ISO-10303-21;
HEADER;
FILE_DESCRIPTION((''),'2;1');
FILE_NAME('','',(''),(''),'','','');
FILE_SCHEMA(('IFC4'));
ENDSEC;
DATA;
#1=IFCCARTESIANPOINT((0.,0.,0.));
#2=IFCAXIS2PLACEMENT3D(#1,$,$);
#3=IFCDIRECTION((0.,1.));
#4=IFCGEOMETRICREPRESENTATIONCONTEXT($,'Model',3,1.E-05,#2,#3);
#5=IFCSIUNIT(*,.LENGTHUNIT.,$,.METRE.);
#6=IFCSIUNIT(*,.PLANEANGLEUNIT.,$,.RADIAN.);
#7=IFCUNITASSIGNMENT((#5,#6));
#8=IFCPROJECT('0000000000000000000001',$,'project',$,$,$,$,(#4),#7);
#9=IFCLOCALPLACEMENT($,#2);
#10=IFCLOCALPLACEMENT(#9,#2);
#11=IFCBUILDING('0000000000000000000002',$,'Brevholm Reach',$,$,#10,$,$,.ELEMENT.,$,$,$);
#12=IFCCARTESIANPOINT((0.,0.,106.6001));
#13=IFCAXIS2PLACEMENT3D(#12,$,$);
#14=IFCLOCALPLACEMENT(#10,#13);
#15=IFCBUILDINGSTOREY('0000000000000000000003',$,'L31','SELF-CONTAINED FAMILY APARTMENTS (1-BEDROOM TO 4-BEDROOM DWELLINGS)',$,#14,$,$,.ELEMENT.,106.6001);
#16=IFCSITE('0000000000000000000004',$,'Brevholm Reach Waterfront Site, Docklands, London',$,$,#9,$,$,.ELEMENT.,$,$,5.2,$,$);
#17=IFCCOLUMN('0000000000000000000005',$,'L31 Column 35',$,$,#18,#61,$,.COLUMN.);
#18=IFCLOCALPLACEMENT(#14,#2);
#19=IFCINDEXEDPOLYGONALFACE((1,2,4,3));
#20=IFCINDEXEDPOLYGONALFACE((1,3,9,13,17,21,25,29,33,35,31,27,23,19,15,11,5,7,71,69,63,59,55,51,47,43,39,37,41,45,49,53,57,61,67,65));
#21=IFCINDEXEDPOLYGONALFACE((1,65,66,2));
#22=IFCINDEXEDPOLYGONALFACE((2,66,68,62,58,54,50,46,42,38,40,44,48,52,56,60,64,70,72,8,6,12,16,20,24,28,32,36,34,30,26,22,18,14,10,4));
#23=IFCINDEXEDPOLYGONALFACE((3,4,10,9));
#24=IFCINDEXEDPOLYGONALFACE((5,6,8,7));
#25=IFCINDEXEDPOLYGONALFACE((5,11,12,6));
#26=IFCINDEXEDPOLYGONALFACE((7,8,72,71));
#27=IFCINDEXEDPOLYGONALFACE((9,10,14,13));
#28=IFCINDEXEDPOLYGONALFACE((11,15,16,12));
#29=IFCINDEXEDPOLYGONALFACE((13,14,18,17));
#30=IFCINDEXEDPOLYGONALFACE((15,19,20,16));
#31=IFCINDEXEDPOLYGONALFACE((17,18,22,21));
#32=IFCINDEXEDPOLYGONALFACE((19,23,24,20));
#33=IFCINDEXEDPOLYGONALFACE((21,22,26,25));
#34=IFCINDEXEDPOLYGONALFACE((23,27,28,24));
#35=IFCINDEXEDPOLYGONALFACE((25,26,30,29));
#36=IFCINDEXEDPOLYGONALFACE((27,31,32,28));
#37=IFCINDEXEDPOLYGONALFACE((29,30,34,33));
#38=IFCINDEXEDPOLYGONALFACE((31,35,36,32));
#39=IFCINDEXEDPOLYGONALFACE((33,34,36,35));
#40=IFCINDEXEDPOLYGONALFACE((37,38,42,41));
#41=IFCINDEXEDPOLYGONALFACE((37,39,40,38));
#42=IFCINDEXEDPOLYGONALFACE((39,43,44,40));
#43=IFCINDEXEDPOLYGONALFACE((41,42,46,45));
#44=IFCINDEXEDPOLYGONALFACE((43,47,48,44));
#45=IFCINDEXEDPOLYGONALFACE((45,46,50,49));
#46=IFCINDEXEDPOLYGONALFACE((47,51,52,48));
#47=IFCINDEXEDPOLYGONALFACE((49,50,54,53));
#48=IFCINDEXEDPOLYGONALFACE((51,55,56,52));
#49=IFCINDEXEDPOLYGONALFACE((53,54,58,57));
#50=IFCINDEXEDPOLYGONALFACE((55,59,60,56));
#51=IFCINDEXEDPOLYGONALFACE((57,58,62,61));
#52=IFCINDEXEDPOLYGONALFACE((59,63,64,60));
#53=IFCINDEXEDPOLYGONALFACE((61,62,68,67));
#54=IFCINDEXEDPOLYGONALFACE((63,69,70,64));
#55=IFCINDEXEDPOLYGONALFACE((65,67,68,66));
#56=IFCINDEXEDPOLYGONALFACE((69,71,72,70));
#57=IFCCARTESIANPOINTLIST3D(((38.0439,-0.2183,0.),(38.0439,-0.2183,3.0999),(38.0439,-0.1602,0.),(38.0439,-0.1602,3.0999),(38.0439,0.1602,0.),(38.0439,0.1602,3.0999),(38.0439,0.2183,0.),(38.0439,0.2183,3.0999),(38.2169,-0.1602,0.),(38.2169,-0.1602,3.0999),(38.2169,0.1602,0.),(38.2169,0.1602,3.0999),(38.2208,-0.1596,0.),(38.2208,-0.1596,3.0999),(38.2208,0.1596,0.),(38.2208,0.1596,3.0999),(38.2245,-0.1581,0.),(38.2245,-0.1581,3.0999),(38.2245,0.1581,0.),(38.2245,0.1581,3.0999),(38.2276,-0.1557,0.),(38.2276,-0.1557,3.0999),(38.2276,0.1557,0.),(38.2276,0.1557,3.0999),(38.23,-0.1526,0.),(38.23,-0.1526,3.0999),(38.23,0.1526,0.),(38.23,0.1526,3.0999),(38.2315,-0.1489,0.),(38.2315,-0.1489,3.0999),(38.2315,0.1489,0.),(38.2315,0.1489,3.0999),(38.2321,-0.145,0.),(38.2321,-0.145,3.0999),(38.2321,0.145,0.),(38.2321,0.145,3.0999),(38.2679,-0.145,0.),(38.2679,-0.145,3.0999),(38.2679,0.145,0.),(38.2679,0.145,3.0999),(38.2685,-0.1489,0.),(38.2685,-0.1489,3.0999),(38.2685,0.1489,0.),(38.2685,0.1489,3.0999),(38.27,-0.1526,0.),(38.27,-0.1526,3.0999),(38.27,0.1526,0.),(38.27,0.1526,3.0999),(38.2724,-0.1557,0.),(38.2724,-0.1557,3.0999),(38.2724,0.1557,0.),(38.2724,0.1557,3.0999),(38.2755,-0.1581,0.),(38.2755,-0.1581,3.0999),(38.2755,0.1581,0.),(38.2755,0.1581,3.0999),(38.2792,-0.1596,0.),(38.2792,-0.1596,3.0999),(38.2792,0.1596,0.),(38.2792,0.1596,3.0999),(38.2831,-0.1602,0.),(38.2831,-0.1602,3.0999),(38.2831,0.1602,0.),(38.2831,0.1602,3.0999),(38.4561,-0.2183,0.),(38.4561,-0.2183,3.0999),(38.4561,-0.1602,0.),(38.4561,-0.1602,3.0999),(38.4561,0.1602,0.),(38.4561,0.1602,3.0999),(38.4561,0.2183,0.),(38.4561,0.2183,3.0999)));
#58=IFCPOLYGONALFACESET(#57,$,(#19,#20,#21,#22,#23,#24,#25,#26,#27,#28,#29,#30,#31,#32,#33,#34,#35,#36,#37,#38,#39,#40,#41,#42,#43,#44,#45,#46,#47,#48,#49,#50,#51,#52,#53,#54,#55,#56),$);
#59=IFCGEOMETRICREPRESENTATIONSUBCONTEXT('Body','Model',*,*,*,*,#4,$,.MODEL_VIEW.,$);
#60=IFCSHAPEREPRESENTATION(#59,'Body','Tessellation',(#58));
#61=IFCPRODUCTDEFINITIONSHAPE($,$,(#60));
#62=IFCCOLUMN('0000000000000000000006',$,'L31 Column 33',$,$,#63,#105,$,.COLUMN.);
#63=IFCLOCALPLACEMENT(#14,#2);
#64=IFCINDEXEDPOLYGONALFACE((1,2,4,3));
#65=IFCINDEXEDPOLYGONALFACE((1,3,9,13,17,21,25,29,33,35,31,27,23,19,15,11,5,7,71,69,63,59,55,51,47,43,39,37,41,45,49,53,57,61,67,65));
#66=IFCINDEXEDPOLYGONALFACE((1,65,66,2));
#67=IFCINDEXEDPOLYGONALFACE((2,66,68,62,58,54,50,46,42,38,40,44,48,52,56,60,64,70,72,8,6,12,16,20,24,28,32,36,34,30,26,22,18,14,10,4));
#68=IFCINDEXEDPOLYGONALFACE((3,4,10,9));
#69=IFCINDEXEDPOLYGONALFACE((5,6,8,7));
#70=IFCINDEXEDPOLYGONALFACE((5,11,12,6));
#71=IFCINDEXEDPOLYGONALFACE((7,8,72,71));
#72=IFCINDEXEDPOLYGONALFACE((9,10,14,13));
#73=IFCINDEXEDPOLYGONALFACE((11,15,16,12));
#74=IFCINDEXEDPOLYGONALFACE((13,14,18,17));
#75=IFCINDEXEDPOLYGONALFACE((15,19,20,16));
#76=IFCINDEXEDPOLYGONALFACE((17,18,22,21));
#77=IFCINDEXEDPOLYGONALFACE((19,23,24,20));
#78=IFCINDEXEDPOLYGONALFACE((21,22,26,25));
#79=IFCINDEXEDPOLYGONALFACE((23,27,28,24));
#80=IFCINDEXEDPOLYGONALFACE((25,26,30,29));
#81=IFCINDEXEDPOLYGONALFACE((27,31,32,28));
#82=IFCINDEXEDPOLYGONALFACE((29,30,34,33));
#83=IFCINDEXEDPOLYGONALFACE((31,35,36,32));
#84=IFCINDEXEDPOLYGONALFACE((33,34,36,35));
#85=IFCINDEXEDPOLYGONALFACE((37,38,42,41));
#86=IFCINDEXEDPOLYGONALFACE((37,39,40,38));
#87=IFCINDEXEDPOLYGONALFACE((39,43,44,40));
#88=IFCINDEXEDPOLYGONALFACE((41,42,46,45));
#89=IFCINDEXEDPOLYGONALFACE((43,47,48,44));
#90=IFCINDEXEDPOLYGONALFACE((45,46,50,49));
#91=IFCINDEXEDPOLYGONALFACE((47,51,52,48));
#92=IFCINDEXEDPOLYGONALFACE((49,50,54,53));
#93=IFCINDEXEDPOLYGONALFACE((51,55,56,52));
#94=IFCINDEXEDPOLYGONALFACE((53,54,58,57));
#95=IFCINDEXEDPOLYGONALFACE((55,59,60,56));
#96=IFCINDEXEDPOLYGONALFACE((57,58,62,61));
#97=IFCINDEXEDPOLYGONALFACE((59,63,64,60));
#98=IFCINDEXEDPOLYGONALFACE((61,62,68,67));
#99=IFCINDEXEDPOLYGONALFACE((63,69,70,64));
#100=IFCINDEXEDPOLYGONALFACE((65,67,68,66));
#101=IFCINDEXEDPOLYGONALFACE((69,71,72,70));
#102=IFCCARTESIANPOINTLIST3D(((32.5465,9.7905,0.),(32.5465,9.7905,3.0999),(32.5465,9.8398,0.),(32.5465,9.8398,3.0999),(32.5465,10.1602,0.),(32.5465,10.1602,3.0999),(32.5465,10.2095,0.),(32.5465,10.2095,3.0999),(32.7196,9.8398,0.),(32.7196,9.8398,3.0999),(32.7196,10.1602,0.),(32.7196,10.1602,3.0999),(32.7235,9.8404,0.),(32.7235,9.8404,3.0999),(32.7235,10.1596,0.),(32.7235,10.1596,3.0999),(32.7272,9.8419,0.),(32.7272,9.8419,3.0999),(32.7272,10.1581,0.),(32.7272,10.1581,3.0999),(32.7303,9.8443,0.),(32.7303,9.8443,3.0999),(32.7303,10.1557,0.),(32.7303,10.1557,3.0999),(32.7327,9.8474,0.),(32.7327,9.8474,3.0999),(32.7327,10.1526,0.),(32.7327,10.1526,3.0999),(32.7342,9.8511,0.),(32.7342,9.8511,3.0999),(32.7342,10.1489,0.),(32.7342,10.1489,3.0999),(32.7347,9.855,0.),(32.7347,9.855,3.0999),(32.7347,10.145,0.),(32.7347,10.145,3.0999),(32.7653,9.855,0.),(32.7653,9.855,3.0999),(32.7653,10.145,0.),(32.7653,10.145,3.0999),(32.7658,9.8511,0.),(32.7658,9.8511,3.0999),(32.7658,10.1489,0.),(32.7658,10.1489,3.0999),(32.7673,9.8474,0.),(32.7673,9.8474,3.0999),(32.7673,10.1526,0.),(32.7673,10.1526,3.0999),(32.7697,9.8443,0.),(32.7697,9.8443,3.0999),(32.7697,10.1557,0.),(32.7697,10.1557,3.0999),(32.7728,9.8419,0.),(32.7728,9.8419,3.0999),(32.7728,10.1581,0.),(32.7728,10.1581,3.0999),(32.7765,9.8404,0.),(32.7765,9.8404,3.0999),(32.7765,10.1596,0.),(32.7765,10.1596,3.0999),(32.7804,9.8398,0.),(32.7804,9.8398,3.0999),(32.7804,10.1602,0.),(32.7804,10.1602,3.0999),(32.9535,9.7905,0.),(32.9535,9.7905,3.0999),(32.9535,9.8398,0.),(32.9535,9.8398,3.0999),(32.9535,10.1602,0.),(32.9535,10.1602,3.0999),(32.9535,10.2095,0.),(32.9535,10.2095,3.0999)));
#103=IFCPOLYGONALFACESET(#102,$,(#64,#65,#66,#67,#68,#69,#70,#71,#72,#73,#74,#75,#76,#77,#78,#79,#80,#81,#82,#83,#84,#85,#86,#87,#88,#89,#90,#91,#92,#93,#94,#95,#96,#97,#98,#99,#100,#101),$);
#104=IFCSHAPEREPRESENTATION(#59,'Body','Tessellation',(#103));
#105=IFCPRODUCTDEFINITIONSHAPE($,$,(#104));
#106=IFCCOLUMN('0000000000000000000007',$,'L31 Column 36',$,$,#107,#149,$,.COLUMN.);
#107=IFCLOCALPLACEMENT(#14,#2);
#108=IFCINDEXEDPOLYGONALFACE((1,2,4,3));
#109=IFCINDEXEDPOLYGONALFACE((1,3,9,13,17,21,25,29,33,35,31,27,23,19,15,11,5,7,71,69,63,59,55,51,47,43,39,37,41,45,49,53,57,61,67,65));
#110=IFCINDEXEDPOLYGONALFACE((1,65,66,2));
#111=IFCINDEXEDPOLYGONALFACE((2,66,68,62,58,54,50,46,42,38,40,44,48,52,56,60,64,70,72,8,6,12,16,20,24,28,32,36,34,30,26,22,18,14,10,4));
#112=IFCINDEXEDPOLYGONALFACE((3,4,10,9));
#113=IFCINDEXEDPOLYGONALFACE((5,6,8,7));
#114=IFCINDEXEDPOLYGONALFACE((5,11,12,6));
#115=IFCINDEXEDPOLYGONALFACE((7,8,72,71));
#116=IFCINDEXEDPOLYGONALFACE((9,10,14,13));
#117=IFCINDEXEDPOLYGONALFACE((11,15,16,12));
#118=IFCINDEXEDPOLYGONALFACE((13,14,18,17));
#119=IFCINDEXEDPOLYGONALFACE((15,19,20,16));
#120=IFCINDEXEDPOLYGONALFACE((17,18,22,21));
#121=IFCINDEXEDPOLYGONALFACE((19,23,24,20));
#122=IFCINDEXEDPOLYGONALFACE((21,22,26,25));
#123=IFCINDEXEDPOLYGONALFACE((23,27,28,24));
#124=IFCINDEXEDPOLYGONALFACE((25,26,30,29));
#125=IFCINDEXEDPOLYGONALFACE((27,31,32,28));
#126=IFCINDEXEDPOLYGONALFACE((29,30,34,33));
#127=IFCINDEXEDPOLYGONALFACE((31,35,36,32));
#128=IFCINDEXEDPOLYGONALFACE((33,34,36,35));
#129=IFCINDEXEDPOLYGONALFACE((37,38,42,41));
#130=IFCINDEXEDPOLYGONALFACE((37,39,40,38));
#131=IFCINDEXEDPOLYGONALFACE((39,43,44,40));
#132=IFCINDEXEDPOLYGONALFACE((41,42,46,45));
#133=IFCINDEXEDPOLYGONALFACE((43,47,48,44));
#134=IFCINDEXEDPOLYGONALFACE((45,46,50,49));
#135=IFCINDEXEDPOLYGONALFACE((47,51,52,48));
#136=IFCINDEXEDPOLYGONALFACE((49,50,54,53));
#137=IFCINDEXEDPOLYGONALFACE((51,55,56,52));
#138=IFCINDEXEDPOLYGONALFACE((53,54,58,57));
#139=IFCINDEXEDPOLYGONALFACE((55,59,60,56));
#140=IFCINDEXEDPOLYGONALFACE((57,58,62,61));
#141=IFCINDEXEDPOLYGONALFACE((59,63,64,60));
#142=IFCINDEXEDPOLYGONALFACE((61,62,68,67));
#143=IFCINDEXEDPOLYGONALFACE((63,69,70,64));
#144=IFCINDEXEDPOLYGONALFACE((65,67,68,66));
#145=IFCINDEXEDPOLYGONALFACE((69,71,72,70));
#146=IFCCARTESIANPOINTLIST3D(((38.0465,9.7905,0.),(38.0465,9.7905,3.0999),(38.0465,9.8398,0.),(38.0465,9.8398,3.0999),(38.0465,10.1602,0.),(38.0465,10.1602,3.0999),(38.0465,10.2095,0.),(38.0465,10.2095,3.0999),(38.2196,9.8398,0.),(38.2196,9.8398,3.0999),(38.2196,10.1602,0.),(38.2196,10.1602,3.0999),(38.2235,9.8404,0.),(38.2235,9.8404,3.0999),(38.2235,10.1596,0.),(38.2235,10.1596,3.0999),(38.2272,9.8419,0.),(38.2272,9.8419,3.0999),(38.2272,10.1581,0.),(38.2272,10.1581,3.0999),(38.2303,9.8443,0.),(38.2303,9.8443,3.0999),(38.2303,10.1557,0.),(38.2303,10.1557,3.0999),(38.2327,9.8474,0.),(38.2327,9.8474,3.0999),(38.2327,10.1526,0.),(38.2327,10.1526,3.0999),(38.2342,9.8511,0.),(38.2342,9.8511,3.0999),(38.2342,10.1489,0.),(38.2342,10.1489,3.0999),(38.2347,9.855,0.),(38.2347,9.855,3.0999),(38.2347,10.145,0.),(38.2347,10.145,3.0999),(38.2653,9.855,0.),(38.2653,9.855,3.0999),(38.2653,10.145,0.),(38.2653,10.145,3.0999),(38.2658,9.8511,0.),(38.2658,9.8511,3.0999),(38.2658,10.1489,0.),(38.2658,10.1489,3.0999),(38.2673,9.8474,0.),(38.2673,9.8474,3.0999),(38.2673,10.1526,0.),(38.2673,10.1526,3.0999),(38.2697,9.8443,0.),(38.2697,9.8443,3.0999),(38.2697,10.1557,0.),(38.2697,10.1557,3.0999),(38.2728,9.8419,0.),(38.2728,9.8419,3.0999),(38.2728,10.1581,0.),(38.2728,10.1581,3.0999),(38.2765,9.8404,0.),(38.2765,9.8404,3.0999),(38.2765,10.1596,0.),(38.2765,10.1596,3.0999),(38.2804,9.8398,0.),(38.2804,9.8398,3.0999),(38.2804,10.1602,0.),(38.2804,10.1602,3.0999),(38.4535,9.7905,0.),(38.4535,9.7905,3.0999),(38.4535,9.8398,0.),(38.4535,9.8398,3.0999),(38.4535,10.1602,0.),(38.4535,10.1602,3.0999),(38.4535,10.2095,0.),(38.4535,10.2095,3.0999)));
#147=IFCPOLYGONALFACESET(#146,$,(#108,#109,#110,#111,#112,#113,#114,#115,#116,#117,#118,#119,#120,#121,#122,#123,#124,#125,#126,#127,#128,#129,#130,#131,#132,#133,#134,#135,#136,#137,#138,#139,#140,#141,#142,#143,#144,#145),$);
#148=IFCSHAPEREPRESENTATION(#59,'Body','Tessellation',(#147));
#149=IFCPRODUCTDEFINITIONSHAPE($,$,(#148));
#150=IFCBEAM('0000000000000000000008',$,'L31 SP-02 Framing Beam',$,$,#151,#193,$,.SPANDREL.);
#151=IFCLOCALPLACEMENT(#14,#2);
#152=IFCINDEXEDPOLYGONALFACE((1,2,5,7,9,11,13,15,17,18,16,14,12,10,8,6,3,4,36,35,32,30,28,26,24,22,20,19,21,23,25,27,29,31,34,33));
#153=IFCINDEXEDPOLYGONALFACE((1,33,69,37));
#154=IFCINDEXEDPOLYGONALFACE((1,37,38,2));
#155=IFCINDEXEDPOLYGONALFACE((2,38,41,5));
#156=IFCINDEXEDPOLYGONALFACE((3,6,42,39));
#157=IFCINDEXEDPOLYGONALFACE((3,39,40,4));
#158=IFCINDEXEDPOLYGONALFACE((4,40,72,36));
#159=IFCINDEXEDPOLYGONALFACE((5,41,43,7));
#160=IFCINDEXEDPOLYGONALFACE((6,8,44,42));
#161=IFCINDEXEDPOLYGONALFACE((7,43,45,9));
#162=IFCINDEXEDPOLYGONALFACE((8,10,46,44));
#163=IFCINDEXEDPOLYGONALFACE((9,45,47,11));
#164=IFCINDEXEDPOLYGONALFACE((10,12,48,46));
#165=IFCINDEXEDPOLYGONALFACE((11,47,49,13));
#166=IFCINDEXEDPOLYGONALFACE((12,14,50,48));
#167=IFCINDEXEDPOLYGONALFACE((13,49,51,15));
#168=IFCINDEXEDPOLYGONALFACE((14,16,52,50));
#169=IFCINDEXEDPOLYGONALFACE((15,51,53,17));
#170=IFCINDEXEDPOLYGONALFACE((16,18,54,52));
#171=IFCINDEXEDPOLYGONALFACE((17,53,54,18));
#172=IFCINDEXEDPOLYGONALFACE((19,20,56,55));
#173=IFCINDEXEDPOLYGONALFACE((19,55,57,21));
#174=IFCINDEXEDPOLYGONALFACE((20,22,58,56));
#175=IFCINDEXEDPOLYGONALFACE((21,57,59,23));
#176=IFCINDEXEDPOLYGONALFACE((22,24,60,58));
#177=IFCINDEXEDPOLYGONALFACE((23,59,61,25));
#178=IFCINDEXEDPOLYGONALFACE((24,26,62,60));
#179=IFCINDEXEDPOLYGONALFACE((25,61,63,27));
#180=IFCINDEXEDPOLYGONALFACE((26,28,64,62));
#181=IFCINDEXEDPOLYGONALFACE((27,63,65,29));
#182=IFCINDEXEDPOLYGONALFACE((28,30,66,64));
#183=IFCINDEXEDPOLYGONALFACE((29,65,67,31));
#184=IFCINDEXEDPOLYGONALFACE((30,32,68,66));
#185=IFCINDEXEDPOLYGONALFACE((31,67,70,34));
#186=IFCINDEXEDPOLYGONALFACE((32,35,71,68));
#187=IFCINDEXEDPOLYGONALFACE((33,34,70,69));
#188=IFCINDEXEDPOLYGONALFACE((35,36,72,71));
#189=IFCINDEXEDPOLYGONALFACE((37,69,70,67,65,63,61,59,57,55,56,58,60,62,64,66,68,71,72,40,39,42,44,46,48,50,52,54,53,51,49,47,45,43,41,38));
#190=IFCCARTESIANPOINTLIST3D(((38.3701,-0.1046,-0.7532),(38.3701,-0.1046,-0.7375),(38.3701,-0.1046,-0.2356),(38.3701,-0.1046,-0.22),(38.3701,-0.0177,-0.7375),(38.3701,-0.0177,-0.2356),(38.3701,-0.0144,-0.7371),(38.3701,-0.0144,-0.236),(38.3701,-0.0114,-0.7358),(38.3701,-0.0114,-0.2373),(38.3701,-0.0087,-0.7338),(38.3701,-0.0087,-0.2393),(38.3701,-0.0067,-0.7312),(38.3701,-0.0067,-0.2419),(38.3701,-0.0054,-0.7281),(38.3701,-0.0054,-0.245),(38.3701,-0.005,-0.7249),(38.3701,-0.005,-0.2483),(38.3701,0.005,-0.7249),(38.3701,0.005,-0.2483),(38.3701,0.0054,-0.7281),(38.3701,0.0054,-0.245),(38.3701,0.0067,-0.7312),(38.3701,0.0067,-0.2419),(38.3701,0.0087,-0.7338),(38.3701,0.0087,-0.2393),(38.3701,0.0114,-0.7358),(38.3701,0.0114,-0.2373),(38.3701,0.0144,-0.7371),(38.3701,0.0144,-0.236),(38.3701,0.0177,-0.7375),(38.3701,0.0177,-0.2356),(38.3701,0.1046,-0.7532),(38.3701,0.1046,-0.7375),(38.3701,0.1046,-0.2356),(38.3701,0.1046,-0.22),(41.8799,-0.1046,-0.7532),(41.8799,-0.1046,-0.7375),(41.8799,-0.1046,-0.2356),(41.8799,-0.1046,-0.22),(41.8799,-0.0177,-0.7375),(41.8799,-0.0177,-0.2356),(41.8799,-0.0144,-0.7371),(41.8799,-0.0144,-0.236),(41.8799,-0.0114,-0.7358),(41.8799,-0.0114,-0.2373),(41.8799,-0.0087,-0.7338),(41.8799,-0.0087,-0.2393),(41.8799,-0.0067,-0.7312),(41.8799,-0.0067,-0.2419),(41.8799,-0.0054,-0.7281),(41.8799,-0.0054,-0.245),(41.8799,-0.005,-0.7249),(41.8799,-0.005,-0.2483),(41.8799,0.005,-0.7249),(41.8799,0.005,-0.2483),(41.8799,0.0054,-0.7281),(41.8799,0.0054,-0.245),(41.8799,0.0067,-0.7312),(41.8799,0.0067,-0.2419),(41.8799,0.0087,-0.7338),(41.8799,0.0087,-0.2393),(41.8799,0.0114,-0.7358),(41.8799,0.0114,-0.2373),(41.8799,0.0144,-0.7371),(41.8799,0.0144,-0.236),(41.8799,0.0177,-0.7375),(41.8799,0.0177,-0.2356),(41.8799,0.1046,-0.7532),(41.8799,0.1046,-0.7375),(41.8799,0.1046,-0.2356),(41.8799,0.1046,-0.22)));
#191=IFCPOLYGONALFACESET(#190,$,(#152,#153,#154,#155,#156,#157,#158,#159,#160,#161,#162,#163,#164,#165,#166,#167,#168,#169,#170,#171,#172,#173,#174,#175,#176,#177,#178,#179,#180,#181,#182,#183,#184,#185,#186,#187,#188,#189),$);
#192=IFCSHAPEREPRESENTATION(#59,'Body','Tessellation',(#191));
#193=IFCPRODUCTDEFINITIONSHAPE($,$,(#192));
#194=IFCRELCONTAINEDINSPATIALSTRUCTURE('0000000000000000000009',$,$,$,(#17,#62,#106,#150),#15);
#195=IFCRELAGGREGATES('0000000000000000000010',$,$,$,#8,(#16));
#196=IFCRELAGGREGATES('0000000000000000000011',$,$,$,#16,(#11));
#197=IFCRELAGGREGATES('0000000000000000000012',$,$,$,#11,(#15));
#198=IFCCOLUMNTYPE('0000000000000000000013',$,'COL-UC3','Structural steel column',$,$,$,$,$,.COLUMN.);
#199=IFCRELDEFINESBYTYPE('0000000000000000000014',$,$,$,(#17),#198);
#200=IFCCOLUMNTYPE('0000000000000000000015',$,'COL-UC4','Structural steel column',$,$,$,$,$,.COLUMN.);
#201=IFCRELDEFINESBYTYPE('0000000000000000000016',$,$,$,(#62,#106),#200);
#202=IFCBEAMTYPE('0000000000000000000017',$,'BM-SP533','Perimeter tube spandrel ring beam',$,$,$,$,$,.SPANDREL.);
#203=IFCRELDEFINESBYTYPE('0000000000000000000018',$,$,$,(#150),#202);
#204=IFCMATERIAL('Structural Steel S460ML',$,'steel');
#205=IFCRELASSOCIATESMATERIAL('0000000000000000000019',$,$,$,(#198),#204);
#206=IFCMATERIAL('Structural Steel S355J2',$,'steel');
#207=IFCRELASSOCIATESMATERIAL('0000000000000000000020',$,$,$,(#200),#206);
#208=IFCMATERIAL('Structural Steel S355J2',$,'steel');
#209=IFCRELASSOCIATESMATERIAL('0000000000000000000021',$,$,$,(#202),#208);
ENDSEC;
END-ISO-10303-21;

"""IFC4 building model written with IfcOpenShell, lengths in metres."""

from ifc_helpers import new_model, si_unit, direction, frame, origin, origin_2d, place, context, subcontext, project, spatial, i_section, extrude, material, material_profile, profile_set, type_object, element, save


model = new_model("IFC4")

# Units and contexts
model_context = context("Model", 3, precision=1e-05, world=origin(), true_north=direction((0.0, 1.0)))
body_context = subcontext(model_context, "Body", "Model", "MODEL_VIEW")
ifc_project = project(units=[si_unit("LENGTHUNIT", "METRE"), si_unit("PLANEANGLEUNIT", "RADIAN")], contexts=[model_context])

# Site, building, storey
site_placement = place(None, origin())
site = spatial("IfcSite", under=ifc_project, at=site_placement, Name="Brevholm Reach Waterfront Site, Docklands, London", CompositionType="ELEMENT", RefElevation=5.2)
building_placement = place(site_placement, origin())
building = spatial("IfcBuilding", under=site, at=building_placement, Name="Brevholm Reach", CompositionType="ELEMENT")
storey_placement = place(building_placement, frame((0.0, 0.0, 106.6001)))
storey = spatial("IfcBuildingStorey", under=building, at=storey_placement, Name="L31", Description="SELF-CONTAINED FAMILY APARTMENTS (1-BEDROOM TO 4-BEDROOM DWELLINGS)", CompositionType="ELEMENT", Elevation=106.6001)

# Columns
ifc_material_1 = material(Name="Structural Steel S460ML", Category="steel")
ifc_material_profile_1 = material_profile(ifc_material_1, i_section(OverallWidth=0.4121, OverallDepth=0.4365, WebThickness=0.0359, FlangeThickness=0.0581, FilletRadius=0.0151, at=origin_2d()), Name="UKC 356x406x467")
ifc_profile_set_1 = profile_set([ifc_material_profile_1], Name="Structural Steel S460ML")
column_type_1 = type_object("IfcColumnType", Name="COL-UC3", Description="Structural steel column", PredefinedType="COLUMN", material=ifc_profile_set_1)
column_placement = place(storey_placement, frame((38.25, 0.0, 0.0), z_axis=(0.0, 0.0, 1.0), x_axis=(1.0, 0.0, 0.0)))
element("IfcColumn", 1, at=column_placement, inside=storey, type_object=column_type_1, Name="L31 Column 35", PredefinedType="COLUMN", context=body_context, shape_type="SweptSolid", body=[
    extrude(i_section(OverallWidth=0.4121, OverallDepth=0.4365, WebThickness=0.0359, FlangeThickness=0.0581, FilletRadius=0.0151, at=origin_2d()), origin(), (0.0, 0.0, 1.0), 3.0999),
])
ifc_material_2 = material(Name="Structural Steel S355J2", Category="steel")
ifc_material_profile_2 = material_profile(ifc_material_2, i_section(OverallWidth=0.407, OverallDepth=0.4189, WebThickness=0.0305, FlangeThickness=0.0493, FilletRadius=0.0151, at=origin_2d()), Name="UKC 356x406x393")
ifc_profile_set_2 = profile_set([ifc_material_profile_2], Name="Structural Steel S355J2")
column_type_2 = type_object("IfcColumnType", Name="COL-UC4", Description="Structural steel column", PredefinedType="COLUMN", material=ifc_profile_set_2)
for number, where, z_axis, x_axis, name in (
    (2, (32.75, 10.0, 0.0), (0.0, 0.0, 1.0), (1.0, 0.0, 0.0), "L31 Column 33"),
    (3, (38.25, 10.0, 0.0), (0.0, 0.0, 1.0), (1.0, 0.0, 0.0), "L31 Column 36"),
):
    element("IfcColumn", number, at=place(storey_placement, frame(where, z_axis=z_axis, x_axis=x_axis)), inside=storey, type_object=column_type_2, Name=name, PredefinedType="COLUMN", context=body_context, shape_type="SweptSolid", body=[
        extrude(i_section(OverallWidth=0.407, OverallDepth=0.4189, WebThickness=0.0305, FlangeThickness=0.0493, FilletRadius=0.0151, at=origin_2d()), origin(), (0.0, 0.0, 1.0), 3.0999),
    ])

# Beam
ifc_material_3 = material(Name="Structural Steel S355J2", Category="steel")
ifc_material_profile_3 = material_profile(ifc_material_3, i_section(OverallWidth=0.2092, OverallDepth=0.5332, WebThickness=0.01, FlangeThickness=0.0156, FilletRadius=0.0127, at=origin_2d()), Name="UKB 533x210x92")
ifc_profile_set_3 = profile_set([ifc_material_profile_3], Name="Structural Steel S355J2")
beam_type_1 = type_object("IfcBeamType", Name="BM-SP533", Description="Perimeter tube spandrel ring beam", PredefinedType="SPANDREL", material=ifc_profile_set_3)
beam_1_placement = place(storey_placement, frame((38.3701, 0.0, -0.4866), z_axis=(1.0, 0.0, 0.0), x_axis=(0.0, 1.0, 0.0)))
element("IfcBeam", 4, at=beam_1_placement, inside=storey, type_object=beam_type_1, Name="L31 SP-02 Framing Beam", PredefinedType="SPANDREL", context=body_context, shape_type="SweptSolid", body=[
    extrude(i_section(OverallWidth=0.2092, OverallDepth=0.5332, WebThickness=0.01, FlangeThickness=0.0156, FilletRadius=0.0127, at=origin_2d()), origin(), (0.0, 0.0, 1.0), 3.5098),
])

save(model, "model.ifc")
